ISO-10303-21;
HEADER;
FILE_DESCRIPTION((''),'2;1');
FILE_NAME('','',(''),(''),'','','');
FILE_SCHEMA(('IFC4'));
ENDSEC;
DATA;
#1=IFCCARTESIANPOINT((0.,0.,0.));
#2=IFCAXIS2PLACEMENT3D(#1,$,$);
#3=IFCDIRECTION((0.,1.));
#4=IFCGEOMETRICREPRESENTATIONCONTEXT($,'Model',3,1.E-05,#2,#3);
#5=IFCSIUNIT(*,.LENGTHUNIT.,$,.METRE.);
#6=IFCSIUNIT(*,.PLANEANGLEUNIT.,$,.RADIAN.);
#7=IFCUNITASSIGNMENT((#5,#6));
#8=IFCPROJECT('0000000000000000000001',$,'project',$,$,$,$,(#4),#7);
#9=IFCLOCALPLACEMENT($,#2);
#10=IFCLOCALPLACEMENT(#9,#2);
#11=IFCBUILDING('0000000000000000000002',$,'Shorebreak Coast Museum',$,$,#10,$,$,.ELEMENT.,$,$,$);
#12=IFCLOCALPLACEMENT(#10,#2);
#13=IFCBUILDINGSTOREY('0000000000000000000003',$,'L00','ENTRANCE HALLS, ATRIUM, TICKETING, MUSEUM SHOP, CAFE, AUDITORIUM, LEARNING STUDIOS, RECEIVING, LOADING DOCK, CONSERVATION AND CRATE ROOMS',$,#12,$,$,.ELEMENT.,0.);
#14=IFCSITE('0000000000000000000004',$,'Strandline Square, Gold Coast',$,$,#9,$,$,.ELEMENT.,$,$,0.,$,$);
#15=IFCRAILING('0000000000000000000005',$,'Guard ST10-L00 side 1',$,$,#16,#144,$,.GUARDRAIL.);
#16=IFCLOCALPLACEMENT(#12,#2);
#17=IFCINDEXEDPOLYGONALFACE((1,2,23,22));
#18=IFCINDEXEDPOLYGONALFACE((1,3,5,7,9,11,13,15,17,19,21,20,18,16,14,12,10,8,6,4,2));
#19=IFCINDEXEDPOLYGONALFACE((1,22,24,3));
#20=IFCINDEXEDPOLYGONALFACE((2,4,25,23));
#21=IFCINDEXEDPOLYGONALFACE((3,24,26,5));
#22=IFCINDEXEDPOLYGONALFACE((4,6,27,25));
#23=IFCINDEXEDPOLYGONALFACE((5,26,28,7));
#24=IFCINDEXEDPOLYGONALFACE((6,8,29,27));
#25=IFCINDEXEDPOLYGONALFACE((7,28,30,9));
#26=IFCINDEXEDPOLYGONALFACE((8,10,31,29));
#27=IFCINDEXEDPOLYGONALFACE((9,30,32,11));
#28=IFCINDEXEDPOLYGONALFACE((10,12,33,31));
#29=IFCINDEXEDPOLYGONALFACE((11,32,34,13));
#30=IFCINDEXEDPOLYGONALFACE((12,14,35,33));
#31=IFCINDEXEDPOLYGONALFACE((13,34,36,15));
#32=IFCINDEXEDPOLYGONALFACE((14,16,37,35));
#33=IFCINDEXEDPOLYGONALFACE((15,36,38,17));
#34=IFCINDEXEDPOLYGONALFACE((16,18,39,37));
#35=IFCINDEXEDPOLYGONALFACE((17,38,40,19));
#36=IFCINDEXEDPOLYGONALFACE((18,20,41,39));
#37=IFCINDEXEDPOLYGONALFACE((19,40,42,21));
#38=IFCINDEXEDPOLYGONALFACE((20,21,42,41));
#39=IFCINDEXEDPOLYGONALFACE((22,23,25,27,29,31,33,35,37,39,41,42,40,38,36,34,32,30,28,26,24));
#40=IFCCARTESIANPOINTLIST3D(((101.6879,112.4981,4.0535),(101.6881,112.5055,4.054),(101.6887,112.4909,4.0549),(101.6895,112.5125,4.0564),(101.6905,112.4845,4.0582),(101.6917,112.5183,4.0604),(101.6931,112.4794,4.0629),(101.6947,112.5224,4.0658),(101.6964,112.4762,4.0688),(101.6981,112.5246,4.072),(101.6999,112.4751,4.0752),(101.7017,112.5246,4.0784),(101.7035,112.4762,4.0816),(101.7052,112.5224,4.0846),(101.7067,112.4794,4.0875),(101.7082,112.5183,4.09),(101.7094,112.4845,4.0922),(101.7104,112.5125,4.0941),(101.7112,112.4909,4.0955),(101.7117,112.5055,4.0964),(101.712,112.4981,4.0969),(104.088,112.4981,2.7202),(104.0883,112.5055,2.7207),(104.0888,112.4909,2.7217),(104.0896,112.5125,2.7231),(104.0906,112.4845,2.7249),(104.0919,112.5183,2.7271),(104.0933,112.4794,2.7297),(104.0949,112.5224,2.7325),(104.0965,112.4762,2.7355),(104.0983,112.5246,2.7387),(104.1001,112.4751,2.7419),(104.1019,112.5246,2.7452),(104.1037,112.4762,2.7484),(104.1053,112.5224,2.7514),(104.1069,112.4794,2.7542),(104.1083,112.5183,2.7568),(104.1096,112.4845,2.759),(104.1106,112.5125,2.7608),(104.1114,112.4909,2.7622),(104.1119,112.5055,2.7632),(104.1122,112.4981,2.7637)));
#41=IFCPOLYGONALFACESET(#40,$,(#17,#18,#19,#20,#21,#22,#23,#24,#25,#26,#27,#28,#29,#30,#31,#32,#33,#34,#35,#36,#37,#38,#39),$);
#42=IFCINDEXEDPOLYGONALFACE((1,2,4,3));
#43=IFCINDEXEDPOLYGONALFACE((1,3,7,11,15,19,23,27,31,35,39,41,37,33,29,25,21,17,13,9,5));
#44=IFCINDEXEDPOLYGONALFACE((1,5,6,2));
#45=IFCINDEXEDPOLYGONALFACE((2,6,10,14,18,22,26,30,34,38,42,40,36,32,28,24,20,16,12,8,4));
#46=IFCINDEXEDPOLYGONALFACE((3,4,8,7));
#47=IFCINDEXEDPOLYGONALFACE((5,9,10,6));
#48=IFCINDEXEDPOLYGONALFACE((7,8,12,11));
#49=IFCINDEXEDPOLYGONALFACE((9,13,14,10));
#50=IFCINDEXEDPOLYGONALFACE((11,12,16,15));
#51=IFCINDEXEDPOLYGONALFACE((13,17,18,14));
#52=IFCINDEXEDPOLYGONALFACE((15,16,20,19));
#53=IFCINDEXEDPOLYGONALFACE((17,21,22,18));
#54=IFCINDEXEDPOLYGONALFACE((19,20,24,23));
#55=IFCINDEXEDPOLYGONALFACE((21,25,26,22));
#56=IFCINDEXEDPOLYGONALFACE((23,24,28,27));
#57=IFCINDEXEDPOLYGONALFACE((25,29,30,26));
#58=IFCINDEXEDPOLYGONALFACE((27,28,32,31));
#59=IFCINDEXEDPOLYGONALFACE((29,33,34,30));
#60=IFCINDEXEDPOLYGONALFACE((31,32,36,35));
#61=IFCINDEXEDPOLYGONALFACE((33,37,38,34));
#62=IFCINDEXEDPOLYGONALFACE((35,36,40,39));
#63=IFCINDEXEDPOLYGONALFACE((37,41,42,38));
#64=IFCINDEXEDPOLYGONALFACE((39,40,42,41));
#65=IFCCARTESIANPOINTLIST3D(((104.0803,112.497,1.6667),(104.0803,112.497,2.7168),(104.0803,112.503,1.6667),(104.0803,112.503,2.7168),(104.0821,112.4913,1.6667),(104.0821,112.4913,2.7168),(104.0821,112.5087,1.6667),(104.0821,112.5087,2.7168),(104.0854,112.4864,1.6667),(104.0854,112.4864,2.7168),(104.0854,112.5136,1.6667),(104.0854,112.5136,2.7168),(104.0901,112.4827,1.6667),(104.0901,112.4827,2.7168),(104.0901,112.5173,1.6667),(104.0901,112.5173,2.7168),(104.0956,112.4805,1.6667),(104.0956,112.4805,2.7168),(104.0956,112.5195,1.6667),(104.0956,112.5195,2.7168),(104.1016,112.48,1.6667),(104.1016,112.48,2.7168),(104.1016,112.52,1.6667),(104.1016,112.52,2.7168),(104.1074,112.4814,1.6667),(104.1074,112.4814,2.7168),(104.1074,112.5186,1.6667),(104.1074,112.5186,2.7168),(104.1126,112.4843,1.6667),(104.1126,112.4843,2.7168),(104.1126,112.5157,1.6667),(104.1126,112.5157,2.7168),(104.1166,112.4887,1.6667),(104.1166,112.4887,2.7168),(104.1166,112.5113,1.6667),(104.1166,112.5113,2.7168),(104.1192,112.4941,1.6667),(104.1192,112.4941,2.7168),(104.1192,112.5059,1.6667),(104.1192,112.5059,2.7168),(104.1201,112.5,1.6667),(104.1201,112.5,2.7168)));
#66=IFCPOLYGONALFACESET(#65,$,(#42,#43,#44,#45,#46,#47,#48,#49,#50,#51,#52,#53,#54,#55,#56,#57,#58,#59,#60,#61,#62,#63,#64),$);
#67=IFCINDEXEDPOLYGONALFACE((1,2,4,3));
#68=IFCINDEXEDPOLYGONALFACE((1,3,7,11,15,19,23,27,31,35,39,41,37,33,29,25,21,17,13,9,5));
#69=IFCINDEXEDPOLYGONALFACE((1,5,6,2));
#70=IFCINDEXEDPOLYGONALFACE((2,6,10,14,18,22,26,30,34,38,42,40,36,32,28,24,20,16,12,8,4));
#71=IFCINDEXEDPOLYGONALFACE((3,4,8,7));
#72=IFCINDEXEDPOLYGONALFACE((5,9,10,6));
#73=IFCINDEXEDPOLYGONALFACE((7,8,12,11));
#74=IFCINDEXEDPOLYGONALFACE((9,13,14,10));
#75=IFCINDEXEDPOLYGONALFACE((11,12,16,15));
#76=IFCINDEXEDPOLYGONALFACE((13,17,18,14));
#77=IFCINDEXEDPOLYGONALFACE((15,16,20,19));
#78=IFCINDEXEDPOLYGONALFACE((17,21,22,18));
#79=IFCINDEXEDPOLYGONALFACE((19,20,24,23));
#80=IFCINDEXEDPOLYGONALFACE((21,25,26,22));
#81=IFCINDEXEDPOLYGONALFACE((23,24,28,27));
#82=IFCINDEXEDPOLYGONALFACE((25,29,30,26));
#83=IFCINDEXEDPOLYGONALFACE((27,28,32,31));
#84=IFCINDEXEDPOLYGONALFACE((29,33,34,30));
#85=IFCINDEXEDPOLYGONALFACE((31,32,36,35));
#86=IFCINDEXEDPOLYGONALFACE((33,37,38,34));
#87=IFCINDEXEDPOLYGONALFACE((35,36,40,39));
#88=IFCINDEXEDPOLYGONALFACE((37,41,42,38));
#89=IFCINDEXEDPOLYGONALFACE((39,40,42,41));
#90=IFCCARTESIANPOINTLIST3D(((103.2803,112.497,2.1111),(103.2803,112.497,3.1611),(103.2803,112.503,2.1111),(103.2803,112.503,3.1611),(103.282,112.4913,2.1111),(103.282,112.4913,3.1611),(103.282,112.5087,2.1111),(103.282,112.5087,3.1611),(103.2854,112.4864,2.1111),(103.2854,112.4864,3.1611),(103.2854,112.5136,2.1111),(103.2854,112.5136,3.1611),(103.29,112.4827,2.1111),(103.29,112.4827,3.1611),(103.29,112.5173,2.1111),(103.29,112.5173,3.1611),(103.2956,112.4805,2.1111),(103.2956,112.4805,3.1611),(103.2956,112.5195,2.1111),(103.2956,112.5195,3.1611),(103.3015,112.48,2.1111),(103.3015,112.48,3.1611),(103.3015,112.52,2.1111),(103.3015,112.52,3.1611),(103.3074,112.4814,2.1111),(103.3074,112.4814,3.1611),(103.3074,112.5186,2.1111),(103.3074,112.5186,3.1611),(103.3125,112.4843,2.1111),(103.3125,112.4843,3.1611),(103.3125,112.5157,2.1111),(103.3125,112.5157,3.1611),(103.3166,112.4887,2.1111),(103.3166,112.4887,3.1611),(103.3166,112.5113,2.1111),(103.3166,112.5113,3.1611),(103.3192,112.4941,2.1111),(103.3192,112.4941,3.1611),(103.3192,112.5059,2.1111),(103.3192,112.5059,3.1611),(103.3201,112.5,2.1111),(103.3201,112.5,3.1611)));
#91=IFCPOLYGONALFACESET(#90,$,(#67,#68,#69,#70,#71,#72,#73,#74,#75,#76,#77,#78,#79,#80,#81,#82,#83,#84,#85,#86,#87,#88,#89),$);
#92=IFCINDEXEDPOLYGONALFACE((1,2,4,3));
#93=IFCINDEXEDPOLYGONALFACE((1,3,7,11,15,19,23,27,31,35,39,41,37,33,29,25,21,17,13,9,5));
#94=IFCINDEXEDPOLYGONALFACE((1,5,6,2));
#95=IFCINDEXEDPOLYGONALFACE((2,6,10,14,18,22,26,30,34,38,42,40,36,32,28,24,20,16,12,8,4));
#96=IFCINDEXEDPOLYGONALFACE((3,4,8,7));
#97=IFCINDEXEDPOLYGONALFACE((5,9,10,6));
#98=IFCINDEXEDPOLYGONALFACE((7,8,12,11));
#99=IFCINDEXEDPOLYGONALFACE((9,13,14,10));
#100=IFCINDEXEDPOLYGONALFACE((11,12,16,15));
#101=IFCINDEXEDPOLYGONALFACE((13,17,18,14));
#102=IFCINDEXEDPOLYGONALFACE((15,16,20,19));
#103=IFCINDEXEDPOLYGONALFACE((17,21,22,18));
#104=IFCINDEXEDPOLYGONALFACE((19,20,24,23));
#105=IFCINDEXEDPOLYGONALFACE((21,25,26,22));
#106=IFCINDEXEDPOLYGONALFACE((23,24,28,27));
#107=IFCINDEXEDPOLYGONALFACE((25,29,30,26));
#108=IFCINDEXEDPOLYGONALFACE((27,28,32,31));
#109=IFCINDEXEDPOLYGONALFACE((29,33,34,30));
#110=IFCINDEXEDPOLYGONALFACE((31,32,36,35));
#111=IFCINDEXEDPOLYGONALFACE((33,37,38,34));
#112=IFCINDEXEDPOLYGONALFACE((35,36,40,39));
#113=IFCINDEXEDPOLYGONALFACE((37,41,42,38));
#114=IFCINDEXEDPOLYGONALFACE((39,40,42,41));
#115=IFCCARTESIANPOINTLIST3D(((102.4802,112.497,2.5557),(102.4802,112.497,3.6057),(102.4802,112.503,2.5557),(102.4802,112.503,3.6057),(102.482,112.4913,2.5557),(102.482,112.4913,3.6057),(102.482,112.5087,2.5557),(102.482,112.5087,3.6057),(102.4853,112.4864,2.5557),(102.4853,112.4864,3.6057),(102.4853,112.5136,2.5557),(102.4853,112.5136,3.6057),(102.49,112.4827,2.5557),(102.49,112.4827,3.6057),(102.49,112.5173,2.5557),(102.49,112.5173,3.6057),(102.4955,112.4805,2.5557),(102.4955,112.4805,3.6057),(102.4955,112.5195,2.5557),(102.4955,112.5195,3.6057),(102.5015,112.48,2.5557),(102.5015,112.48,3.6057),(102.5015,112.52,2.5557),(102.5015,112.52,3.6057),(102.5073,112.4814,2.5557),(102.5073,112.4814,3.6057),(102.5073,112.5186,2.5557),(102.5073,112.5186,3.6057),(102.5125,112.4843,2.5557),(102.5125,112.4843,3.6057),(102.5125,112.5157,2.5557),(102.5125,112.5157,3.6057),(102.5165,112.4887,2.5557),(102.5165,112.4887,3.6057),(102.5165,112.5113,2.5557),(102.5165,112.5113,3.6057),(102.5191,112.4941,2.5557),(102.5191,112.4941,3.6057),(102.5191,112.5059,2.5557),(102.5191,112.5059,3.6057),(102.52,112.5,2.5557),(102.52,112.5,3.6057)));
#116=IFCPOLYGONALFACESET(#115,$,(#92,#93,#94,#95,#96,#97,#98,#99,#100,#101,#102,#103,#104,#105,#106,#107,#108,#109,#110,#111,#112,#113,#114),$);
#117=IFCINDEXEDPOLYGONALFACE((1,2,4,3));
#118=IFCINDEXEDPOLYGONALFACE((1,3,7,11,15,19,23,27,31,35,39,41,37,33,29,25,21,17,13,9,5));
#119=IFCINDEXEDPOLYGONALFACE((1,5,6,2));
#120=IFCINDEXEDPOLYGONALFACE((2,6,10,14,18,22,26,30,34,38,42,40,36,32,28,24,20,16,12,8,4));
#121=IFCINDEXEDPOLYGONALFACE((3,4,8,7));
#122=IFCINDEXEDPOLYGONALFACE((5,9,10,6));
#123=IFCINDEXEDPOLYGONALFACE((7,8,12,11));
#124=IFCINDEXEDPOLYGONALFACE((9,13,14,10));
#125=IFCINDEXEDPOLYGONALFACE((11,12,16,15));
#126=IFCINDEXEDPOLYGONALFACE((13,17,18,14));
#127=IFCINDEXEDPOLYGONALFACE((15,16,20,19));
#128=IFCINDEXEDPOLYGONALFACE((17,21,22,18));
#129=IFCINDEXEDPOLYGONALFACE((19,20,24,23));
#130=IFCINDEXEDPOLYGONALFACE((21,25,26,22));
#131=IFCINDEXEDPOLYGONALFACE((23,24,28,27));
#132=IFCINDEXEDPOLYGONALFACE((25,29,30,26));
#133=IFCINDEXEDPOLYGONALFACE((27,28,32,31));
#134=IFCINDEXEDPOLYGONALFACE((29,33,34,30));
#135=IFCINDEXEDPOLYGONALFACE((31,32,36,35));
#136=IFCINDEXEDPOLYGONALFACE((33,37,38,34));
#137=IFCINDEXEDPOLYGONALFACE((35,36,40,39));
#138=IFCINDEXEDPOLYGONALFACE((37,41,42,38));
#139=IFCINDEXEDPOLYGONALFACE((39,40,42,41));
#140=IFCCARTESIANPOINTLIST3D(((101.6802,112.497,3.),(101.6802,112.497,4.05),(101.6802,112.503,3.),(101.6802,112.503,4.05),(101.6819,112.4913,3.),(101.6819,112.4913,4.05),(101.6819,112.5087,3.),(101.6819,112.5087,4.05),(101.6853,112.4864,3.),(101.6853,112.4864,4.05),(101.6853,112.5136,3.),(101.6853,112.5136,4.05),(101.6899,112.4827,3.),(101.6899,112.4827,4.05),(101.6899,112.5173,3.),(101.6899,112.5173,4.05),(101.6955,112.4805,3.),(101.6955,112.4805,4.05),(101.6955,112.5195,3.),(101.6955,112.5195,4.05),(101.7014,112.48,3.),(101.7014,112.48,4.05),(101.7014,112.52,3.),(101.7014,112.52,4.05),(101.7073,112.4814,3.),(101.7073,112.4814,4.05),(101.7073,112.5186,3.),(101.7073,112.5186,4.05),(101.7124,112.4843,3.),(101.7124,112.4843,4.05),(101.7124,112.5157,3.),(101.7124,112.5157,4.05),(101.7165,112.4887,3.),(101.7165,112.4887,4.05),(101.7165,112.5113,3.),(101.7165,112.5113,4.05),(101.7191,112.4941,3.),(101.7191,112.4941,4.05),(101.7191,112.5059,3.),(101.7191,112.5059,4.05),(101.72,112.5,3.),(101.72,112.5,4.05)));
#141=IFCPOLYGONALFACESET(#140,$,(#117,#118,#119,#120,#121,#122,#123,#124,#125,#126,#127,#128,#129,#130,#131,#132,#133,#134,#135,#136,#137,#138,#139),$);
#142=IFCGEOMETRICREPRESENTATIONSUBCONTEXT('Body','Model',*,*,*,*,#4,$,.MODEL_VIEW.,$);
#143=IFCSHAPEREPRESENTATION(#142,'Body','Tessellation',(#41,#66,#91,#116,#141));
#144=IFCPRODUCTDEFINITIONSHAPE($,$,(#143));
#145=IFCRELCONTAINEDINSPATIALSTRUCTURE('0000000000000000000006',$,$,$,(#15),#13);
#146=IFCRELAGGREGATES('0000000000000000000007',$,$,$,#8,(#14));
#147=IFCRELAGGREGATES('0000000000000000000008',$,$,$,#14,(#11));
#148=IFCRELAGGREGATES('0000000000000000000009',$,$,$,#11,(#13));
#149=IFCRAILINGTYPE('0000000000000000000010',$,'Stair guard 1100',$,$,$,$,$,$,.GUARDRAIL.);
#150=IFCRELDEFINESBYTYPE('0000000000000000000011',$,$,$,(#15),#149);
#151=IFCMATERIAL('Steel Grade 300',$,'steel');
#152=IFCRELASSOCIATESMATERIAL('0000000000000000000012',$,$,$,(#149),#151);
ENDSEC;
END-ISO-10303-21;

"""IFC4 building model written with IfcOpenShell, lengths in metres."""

from ifc_helpers import new_model, si_unit, direction, frame, origin, origin_2d, place, context, subcontext, project, spatial, circle, extrude, material, type_object, element, save


model = new_model("IFC4")

# Units and contexts
model_context = context("Model", 3, precision=1e-05, world=origin(), true_north=direction((0.0, 1.0)))
body_context = subcontext(model_context, "Body", "Model", "MODEL_VIEW")
ifc_project = project(units=[si_unit("LENGTHUNIT", "METRE"), si_unit("PLANEANGLEUNIT", "RADIAN")], contexts=[model_context])

# Site, building, storey
site_placement = place(None, origin())
site = spatial("IfcSite", under=ifc_project, at=site_placement, Name="Strandline Square, Gold Coast", CompositionType="ELEMENT", RefElevation=0.0)
building_placement = place(site_placement, origin())
building = spatial("IfcBuilding", under=site, at=building_placement, Name="Shorebreak Coast Museum", CompositionType="ELEMENT")
storey_placement = place(building_placement, origin())
storey = spatial("IfcBuildingStorey", under=building, at=storey_placement, Name="L00", Description="ENTRANCE HALLS, ATRIUM, TICKETING, MUSEUM SHOP, CAFE, AUDITORIUM, LEARNING STUDIOS, RECEIVING, LOADING DOCK, CONSERVATION AND CRATE ROOMS", CompositionType="ELEMENT", Elevation=0.0)

# Railing
ifc_material_1 = material(Name="Steel Grade 300", Category="steel")
railing_type_1 = type_object("IfcRailingType", Name="Stair guard 1100", PredefinedType="GUARDRAIL", material=ifc_material_1)
for number, where, name in (
    (1, (104.1001, 112.5, 1.6667), "Guard ST10-L00 side 1"),
):
    element("IfcRailing", number, at=place(storey_placement, frame(where)), inside=storey, type_object=railing_type_1, Name=name, PredefinedType="GUARDRAIL", context=body_context, shape_type="SweptSolid", body=[
        extrude(circle(Radius=0.0249, at=origin_2d()), frame((0.0, 0.0, 1.0752), z_axis=(-0.874182, 0.0, 0.485598), x_axis=(0.0, -1.0, 0.0)), (0.0, 0.0, 1.0), 2.7456),
        extrude(circle(Radius=0.02, at=origin_2d()), origin(), (0.0, 0.0, 1.0), 1.05),
        extrude(circle(Radius=0.02, at=origin_2d()), frame((-0.8, 0.0, 0.4443)), (0.0, 0.0, 1.0), 1.05),
        extrude(circle(Radius=0.02, at=origin_2d()), frame((-1.6001, 0.0, 0.8889)), (0.0, 0.0, 1.0), 1.05),
        extrude(circle(Radius=0.02, at=origin_2d()), frame((-2.4001, 0.0, 1.3333)), (0.0, 0.0, 1.0), 1.05),
    ])

save(model, "model.ifc")
